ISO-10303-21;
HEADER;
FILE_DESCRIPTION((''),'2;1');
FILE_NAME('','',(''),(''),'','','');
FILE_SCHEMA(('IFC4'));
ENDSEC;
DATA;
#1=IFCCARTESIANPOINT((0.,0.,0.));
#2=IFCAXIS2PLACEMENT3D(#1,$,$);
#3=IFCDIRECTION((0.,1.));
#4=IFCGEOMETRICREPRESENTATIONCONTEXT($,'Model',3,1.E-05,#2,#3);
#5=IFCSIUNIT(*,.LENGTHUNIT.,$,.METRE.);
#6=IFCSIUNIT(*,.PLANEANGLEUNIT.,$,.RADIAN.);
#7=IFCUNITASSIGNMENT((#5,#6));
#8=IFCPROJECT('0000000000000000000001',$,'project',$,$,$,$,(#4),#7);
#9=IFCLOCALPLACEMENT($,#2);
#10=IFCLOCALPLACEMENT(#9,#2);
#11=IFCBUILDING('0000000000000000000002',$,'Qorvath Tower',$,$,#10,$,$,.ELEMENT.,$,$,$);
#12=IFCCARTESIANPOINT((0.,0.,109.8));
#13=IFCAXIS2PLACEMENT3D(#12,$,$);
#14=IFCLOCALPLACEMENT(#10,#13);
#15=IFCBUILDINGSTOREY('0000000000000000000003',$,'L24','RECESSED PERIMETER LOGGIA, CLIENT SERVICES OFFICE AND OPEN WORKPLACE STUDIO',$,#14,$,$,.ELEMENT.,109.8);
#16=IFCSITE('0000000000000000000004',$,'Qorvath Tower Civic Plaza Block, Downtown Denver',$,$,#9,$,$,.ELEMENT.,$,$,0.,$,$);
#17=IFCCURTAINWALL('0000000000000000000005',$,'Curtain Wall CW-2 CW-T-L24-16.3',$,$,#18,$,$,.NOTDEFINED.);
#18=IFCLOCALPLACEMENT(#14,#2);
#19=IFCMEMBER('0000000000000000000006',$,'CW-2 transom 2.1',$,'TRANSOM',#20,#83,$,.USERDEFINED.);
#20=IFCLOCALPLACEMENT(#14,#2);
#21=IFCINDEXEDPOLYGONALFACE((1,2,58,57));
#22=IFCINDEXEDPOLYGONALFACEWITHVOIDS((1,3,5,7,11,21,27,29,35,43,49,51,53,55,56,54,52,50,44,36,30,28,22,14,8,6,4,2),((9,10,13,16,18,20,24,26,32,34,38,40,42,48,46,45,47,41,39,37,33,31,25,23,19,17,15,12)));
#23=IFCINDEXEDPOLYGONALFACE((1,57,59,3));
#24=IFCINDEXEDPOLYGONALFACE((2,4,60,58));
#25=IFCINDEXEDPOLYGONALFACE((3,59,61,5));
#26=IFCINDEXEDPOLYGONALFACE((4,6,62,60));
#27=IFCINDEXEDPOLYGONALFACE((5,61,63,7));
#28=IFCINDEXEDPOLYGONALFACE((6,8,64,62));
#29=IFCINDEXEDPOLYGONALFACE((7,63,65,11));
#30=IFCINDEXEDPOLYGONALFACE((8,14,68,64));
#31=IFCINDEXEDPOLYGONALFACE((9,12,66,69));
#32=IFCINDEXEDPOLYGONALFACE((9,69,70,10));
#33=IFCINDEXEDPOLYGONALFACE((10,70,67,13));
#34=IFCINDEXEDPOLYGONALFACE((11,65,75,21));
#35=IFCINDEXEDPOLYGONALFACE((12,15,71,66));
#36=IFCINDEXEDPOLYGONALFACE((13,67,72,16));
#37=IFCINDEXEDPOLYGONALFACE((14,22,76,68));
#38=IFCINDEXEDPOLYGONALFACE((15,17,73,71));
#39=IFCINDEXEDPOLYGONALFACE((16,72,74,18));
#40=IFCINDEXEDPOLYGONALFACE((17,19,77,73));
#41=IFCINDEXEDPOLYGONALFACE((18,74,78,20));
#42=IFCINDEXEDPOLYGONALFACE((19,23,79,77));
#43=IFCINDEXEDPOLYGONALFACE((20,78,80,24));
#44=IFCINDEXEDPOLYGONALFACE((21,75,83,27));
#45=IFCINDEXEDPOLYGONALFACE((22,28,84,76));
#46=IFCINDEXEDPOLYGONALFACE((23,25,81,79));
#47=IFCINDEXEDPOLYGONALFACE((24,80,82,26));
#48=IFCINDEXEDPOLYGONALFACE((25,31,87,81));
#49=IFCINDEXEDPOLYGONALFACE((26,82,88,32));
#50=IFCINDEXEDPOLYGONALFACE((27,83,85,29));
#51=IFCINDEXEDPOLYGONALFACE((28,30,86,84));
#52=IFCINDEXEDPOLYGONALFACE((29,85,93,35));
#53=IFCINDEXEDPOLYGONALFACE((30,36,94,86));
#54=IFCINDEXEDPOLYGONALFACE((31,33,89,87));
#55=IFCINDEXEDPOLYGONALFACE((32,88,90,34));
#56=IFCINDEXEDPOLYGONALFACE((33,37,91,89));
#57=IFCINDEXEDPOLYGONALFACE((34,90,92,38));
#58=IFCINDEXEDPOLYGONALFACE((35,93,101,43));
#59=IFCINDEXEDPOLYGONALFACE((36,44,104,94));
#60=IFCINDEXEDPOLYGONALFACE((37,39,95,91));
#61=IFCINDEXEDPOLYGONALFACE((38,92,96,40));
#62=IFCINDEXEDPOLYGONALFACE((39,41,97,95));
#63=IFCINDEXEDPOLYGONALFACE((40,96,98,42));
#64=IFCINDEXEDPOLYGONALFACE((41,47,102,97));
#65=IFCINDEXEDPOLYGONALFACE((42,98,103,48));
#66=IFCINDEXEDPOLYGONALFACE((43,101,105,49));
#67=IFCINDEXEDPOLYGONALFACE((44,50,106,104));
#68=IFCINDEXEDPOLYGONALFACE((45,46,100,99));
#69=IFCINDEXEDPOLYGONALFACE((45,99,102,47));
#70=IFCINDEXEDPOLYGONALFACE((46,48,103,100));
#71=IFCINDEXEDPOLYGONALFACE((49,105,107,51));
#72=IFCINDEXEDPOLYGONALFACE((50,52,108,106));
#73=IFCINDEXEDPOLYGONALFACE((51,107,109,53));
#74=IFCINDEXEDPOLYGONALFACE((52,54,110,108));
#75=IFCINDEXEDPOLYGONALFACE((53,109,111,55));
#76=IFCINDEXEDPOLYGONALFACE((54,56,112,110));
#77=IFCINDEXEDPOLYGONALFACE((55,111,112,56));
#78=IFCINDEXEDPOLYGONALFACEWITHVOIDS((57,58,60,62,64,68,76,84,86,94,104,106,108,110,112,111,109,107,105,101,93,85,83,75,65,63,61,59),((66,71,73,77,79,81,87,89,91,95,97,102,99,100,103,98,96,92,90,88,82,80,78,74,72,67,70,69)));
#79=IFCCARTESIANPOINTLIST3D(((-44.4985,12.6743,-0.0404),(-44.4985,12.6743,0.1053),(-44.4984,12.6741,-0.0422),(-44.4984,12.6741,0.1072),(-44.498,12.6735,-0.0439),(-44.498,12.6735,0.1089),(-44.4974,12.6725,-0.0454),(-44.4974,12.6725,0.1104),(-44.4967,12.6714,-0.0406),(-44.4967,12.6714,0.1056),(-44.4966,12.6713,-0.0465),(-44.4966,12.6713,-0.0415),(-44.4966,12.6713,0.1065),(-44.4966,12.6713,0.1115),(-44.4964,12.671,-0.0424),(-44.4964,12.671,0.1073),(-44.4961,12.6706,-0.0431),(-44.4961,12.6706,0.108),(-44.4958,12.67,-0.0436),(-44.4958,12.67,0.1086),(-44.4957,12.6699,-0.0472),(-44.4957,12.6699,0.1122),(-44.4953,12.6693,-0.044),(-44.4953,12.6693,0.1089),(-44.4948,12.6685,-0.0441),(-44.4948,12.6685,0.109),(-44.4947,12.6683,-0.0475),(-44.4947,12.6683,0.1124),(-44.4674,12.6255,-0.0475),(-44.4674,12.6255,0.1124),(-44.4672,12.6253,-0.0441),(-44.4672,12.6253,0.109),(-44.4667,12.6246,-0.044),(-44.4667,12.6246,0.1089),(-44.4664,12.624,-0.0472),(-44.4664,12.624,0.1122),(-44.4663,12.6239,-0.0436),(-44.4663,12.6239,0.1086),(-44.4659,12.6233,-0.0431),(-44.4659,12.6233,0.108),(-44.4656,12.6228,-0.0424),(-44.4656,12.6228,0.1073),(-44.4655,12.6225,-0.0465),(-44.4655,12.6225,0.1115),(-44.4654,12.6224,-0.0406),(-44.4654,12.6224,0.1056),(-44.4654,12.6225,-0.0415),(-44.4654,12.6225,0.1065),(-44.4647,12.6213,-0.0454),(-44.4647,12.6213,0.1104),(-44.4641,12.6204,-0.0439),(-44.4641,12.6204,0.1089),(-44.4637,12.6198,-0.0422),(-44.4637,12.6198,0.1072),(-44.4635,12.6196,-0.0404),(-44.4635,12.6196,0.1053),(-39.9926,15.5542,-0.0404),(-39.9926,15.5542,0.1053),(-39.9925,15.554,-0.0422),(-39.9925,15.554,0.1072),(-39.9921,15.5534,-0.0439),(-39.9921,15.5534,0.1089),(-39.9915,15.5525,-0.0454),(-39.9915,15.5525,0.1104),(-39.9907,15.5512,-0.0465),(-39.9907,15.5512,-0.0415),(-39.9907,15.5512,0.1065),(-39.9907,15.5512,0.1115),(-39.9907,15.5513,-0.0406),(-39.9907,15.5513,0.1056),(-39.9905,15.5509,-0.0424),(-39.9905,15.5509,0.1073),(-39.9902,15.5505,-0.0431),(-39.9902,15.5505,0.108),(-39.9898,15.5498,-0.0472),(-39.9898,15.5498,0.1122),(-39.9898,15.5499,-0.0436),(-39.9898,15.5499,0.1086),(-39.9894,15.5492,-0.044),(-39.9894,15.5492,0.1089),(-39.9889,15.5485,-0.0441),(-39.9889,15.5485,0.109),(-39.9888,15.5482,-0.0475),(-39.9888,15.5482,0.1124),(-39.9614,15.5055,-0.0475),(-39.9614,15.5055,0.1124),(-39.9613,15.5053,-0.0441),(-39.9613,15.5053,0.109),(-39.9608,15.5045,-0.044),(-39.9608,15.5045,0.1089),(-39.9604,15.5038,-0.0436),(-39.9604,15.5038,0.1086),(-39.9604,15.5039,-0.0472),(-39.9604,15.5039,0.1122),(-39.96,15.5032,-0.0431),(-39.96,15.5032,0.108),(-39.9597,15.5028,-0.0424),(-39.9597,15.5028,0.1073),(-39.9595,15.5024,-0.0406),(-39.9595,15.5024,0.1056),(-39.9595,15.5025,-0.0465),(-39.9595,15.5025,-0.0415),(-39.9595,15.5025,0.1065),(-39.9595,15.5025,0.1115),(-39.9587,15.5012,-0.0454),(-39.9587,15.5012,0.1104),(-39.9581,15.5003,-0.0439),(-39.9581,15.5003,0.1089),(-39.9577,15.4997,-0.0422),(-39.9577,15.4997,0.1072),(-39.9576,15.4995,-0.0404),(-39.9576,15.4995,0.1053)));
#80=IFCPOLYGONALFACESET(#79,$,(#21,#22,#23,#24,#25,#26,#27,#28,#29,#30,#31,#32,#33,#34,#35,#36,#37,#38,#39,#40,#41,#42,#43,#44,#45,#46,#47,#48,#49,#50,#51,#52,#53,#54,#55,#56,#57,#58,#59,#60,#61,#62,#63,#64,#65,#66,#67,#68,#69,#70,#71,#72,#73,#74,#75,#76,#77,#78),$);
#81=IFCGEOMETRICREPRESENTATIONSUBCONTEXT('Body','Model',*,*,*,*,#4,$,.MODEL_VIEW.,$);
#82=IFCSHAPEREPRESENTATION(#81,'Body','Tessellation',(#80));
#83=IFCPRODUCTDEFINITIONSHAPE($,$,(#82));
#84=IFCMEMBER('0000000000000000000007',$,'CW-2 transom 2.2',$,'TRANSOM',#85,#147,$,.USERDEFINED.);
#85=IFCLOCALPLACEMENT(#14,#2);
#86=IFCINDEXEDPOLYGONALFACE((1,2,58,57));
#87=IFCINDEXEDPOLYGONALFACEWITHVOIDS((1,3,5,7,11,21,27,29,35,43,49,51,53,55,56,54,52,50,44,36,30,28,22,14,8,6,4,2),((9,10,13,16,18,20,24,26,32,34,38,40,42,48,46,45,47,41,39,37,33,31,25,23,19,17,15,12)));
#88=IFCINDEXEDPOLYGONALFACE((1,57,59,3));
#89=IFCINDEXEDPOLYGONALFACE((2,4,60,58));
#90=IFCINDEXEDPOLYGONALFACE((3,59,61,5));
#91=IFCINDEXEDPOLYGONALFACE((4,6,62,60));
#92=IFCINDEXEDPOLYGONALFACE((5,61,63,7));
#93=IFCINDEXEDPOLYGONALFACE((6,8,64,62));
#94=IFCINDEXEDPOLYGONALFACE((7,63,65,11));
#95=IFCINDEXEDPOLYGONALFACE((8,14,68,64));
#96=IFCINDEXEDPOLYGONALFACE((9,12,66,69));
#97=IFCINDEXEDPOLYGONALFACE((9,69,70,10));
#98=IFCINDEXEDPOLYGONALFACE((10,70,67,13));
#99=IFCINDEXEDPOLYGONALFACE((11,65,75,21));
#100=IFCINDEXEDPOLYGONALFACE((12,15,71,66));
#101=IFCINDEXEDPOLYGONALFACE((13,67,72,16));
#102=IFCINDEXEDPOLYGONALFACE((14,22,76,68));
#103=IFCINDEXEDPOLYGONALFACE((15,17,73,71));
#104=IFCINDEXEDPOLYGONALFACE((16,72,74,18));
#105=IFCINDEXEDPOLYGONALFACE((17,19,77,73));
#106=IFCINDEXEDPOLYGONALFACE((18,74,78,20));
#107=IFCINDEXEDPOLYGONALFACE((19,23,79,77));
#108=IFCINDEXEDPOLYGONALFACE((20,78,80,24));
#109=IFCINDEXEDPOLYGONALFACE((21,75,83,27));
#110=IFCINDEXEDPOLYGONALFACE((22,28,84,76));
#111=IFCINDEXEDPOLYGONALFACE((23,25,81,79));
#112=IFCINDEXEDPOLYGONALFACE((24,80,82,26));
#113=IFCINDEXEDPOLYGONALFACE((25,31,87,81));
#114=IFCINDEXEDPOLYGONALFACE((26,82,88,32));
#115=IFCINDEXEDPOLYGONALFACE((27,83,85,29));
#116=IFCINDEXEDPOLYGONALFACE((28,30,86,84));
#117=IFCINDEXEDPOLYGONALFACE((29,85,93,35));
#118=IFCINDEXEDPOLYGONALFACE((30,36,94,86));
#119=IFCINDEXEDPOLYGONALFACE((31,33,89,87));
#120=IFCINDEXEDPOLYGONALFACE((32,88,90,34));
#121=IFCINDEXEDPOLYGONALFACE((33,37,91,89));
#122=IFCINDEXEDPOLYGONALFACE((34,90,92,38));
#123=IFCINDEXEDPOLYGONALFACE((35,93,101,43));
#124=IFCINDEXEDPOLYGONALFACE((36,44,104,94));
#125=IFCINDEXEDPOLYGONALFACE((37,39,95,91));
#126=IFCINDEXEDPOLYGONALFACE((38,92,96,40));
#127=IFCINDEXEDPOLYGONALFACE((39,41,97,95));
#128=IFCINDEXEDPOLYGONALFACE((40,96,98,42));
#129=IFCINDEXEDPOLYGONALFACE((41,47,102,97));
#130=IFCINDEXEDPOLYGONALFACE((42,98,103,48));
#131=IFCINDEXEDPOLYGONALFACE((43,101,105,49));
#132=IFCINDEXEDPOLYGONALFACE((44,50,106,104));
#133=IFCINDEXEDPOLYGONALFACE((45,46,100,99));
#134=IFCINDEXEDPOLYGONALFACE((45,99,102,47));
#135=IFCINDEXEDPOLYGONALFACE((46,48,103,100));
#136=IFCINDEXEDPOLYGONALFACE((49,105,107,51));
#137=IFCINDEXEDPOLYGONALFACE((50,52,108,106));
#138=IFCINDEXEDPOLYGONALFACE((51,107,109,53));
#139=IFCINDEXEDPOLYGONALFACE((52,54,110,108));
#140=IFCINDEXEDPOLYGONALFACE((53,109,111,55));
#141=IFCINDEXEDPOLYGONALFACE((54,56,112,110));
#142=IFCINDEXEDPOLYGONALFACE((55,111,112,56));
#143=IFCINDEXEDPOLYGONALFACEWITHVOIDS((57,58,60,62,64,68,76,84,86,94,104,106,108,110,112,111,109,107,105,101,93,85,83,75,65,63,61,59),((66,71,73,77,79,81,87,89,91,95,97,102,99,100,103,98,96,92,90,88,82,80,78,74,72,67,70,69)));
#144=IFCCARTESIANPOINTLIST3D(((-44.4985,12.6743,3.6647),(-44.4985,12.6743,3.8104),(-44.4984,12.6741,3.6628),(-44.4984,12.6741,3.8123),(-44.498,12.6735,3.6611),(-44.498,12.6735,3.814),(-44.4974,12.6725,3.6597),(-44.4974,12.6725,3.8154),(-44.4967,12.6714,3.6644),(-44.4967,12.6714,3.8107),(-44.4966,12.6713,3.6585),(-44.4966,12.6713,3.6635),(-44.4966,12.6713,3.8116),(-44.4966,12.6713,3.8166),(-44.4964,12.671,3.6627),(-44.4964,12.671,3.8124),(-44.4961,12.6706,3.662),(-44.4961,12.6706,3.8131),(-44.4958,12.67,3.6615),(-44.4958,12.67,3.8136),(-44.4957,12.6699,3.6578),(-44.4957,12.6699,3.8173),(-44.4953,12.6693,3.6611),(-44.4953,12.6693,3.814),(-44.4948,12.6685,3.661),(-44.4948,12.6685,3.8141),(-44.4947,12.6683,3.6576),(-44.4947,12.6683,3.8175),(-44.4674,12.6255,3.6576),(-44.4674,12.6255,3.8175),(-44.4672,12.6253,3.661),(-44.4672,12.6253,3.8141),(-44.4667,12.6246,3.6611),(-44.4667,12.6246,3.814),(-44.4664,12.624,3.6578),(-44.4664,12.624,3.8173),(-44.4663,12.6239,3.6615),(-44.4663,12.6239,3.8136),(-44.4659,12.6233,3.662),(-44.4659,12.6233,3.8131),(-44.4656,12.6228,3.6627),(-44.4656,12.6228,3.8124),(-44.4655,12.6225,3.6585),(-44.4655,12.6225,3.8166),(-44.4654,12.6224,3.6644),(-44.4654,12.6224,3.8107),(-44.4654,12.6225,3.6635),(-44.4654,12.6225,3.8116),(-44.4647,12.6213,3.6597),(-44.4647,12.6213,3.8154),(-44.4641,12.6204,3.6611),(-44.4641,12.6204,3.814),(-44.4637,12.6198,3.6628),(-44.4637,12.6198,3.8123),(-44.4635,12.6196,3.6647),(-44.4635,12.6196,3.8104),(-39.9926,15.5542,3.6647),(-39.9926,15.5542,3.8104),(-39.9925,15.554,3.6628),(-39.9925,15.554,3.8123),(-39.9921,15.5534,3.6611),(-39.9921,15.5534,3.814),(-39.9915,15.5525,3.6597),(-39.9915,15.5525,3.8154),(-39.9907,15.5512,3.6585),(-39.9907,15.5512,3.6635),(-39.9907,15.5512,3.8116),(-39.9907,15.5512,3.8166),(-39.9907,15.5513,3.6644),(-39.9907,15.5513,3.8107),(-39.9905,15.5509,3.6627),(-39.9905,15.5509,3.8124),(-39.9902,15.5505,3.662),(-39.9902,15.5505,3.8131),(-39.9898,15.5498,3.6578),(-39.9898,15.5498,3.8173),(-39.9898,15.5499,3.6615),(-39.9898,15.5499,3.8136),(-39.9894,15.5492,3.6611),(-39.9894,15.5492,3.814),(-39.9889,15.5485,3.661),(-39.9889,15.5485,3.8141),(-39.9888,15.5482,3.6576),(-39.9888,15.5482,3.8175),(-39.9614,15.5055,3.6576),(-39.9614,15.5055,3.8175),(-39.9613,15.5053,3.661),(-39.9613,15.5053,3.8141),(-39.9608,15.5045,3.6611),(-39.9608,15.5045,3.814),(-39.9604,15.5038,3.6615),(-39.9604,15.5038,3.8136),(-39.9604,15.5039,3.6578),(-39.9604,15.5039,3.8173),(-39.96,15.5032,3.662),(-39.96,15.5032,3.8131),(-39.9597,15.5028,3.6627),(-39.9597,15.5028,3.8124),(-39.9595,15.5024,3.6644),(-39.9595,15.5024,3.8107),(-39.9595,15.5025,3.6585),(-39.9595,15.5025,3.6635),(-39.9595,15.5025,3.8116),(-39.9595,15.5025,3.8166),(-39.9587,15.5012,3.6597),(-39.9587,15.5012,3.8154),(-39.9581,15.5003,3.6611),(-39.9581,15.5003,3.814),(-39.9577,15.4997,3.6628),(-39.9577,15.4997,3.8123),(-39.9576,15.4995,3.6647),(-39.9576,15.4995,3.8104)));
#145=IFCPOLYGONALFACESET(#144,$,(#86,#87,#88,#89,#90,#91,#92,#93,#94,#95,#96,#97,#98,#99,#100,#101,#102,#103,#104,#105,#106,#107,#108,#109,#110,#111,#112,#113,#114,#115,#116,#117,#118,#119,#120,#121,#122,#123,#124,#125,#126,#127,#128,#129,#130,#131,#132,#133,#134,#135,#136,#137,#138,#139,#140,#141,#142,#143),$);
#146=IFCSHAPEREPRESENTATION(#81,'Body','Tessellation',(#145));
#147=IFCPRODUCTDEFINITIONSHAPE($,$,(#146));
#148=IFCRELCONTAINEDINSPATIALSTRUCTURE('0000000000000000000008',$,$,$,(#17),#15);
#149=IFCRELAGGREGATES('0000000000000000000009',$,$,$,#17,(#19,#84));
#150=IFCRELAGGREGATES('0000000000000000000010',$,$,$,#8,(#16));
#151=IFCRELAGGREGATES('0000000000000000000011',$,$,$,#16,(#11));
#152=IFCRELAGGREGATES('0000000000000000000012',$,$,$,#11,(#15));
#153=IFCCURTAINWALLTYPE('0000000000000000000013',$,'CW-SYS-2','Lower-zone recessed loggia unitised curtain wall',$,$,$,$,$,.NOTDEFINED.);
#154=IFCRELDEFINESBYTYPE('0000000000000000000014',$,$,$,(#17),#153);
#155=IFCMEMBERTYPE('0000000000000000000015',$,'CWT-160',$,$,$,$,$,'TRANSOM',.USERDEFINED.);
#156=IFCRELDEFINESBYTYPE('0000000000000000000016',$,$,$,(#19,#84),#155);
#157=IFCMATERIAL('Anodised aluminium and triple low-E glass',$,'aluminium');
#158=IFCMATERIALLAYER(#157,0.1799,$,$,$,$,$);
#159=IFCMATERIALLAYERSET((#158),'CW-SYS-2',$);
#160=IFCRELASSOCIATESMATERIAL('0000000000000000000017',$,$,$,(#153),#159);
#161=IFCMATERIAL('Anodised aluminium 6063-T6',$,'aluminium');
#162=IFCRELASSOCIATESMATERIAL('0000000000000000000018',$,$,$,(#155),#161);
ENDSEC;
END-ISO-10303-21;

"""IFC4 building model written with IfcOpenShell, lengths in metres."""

from ifc_helpers import new_model, si_unit, direction, frame, origin, origin_2d, place, context, subcontext, project, spatial, hollow_rectangle, extrude, material, layer, layer_set, material_profile, profile_set, type_object, element, aggregate, save


model = new_model("IFC4")

# Units and contexts
model_context = context("Model", 3, precision=1e-05, world=origin(), true_north=direction((0.0, 1.0)))
body_context = subcontext(model_context, "Body", "Model", "MODEL_VIEW")
ifc_project = project(units=[si_unit("LENGTHUNIT", "METRE"), si_unit("PLANEANGLEUNIT", "RADIAN")], contexts=[model_context])

# Site, building, storey
site_placement = place(None, origin())
site = spatial("IfcSite", under=ifc_project, at=site_placement, Name="Qorvath Tower Civic Plaza Block, Downtown Denver", CompositionType="ELEMENT", RefElevation=0.0)
building_placement = place(site_placement, origin())
building = spatial("IfcBuilding", under=site, at=building_placement, Name="Qorvath Tower", CompositionType="ELEMENT")
storey_placement = place(building_placement, frame((0.0, 0.0, 109.8)))
storey = spatial("IfcBuildingStorey", under=building, at=storey_placement, Name="L24", Description="RECESSED PERIMETER LOGGIA, CLIENT SERVICES OFFICE AND OPEN WORKPLACE STUDIO", CompositionType="ELEMENT", Elevation=109.8)

# Curtain wall, members
ifc_material_1 = material(Name="Anodised aluminium and triple low-E glass", Category="aluminium")
ifc_layer_1 = layer(ifc_material_1, 0.1799)
ifc_layer_set_1 = layer_set([ifc_layer_1], Name="CW-SYS-2")
curtain_wall_type = type_object("IfcCurtainWallType", Name="CW-SYS-2", Description="Lower-zone recessed loggia unitised curtain wall", PredefinedType="NOTDEFINED", material=ifc_layer_set_1)
curtain_wall_placement = place(storey_placement, origin())
curtain_wall = element("IfcCurtainWall", 1, at=curtain_wall_placement, inside=storey, type_object=curtain_wall_type, Name="Curtain Wall CW-2 CW-T-L24-16.3", PredefinedType="NOTDEFINED")
ifc_material_2 = material(Name="Anodised aluminium 6063-T6", Category="aluminium")
ifc_material_profile_1 = material_profile(ifc_material_2, hollow_rectangle(XDim=0.0649, YDim=0.1599, WallThickness=0.0034, InnerFilletRadius=0.0034, OuterFilletRadius=0.0071, at=origin_2d()), Name="CWT 160x65")
ifc_profile_set_1 = profile_set([ifc_material_profile_1], Name="Anodised aluminium 6063-T6")
member_type_1 = type_object("IfcMemberType", Name="CWT-160", ElementType="TRANSOM", PredefinedType="USERDEFINED", material=ifc_profile_set_1)
member_1_placement = place(storey_placement, frame((-39.9751, 15.5269, 0.0325), z_axis=(-0.8426, -0.538541, 0.0), x_axis=(0.538541, -0.8426, 0.0)))
member_1 = element("IfcMember", 2, at=member_1_placement, type_object=member_type_1, Name="CW-2 transom 2.1", ObjectType="TRANSOM", PredefinedType="USERDEFINED", context=body_context, shape_type="SweptSolid", body=[
    extrude(hollow_rectangle(XDim=0.0649, YDim=0.1599, WallThickness=0.0034, InnerFilletRadius=0.0034, OuterFilletRadius=0.0071, at=origin_2d()), origin(), (0.0, 0.0, 1.0), 5.3477),
])
member_2_placement = place(storey_placement, frame((-39.9751, 15.5269, 3.7375), z_axis=(-0.8426, -0.538541, 0.0), x_axis=(0.538541, -0.8426, 0.0)))
member_2 = element("IfcMember", 3, at=member_2_placement, type_object=member_type_1, Name="CW-2 transom 2.2", ObjectType="TRANSOM", PredefinedType="USERDEFINED", context=body_context, shape_type="SweptSolid", body=[
    extrude(hollow_rectangle(XDim=0.0649, YDim=0.1599, WallThickness=0.0034, InnerFilletRadius=0.0034, OuterFilletRadius=0.0071, at=origin_2d()), origin(), (0.0, 0.0, 1.0), 5.3477),
])
aggregate(curtain_wall, [member_1, member_2])

save(model, "model.ifc")
